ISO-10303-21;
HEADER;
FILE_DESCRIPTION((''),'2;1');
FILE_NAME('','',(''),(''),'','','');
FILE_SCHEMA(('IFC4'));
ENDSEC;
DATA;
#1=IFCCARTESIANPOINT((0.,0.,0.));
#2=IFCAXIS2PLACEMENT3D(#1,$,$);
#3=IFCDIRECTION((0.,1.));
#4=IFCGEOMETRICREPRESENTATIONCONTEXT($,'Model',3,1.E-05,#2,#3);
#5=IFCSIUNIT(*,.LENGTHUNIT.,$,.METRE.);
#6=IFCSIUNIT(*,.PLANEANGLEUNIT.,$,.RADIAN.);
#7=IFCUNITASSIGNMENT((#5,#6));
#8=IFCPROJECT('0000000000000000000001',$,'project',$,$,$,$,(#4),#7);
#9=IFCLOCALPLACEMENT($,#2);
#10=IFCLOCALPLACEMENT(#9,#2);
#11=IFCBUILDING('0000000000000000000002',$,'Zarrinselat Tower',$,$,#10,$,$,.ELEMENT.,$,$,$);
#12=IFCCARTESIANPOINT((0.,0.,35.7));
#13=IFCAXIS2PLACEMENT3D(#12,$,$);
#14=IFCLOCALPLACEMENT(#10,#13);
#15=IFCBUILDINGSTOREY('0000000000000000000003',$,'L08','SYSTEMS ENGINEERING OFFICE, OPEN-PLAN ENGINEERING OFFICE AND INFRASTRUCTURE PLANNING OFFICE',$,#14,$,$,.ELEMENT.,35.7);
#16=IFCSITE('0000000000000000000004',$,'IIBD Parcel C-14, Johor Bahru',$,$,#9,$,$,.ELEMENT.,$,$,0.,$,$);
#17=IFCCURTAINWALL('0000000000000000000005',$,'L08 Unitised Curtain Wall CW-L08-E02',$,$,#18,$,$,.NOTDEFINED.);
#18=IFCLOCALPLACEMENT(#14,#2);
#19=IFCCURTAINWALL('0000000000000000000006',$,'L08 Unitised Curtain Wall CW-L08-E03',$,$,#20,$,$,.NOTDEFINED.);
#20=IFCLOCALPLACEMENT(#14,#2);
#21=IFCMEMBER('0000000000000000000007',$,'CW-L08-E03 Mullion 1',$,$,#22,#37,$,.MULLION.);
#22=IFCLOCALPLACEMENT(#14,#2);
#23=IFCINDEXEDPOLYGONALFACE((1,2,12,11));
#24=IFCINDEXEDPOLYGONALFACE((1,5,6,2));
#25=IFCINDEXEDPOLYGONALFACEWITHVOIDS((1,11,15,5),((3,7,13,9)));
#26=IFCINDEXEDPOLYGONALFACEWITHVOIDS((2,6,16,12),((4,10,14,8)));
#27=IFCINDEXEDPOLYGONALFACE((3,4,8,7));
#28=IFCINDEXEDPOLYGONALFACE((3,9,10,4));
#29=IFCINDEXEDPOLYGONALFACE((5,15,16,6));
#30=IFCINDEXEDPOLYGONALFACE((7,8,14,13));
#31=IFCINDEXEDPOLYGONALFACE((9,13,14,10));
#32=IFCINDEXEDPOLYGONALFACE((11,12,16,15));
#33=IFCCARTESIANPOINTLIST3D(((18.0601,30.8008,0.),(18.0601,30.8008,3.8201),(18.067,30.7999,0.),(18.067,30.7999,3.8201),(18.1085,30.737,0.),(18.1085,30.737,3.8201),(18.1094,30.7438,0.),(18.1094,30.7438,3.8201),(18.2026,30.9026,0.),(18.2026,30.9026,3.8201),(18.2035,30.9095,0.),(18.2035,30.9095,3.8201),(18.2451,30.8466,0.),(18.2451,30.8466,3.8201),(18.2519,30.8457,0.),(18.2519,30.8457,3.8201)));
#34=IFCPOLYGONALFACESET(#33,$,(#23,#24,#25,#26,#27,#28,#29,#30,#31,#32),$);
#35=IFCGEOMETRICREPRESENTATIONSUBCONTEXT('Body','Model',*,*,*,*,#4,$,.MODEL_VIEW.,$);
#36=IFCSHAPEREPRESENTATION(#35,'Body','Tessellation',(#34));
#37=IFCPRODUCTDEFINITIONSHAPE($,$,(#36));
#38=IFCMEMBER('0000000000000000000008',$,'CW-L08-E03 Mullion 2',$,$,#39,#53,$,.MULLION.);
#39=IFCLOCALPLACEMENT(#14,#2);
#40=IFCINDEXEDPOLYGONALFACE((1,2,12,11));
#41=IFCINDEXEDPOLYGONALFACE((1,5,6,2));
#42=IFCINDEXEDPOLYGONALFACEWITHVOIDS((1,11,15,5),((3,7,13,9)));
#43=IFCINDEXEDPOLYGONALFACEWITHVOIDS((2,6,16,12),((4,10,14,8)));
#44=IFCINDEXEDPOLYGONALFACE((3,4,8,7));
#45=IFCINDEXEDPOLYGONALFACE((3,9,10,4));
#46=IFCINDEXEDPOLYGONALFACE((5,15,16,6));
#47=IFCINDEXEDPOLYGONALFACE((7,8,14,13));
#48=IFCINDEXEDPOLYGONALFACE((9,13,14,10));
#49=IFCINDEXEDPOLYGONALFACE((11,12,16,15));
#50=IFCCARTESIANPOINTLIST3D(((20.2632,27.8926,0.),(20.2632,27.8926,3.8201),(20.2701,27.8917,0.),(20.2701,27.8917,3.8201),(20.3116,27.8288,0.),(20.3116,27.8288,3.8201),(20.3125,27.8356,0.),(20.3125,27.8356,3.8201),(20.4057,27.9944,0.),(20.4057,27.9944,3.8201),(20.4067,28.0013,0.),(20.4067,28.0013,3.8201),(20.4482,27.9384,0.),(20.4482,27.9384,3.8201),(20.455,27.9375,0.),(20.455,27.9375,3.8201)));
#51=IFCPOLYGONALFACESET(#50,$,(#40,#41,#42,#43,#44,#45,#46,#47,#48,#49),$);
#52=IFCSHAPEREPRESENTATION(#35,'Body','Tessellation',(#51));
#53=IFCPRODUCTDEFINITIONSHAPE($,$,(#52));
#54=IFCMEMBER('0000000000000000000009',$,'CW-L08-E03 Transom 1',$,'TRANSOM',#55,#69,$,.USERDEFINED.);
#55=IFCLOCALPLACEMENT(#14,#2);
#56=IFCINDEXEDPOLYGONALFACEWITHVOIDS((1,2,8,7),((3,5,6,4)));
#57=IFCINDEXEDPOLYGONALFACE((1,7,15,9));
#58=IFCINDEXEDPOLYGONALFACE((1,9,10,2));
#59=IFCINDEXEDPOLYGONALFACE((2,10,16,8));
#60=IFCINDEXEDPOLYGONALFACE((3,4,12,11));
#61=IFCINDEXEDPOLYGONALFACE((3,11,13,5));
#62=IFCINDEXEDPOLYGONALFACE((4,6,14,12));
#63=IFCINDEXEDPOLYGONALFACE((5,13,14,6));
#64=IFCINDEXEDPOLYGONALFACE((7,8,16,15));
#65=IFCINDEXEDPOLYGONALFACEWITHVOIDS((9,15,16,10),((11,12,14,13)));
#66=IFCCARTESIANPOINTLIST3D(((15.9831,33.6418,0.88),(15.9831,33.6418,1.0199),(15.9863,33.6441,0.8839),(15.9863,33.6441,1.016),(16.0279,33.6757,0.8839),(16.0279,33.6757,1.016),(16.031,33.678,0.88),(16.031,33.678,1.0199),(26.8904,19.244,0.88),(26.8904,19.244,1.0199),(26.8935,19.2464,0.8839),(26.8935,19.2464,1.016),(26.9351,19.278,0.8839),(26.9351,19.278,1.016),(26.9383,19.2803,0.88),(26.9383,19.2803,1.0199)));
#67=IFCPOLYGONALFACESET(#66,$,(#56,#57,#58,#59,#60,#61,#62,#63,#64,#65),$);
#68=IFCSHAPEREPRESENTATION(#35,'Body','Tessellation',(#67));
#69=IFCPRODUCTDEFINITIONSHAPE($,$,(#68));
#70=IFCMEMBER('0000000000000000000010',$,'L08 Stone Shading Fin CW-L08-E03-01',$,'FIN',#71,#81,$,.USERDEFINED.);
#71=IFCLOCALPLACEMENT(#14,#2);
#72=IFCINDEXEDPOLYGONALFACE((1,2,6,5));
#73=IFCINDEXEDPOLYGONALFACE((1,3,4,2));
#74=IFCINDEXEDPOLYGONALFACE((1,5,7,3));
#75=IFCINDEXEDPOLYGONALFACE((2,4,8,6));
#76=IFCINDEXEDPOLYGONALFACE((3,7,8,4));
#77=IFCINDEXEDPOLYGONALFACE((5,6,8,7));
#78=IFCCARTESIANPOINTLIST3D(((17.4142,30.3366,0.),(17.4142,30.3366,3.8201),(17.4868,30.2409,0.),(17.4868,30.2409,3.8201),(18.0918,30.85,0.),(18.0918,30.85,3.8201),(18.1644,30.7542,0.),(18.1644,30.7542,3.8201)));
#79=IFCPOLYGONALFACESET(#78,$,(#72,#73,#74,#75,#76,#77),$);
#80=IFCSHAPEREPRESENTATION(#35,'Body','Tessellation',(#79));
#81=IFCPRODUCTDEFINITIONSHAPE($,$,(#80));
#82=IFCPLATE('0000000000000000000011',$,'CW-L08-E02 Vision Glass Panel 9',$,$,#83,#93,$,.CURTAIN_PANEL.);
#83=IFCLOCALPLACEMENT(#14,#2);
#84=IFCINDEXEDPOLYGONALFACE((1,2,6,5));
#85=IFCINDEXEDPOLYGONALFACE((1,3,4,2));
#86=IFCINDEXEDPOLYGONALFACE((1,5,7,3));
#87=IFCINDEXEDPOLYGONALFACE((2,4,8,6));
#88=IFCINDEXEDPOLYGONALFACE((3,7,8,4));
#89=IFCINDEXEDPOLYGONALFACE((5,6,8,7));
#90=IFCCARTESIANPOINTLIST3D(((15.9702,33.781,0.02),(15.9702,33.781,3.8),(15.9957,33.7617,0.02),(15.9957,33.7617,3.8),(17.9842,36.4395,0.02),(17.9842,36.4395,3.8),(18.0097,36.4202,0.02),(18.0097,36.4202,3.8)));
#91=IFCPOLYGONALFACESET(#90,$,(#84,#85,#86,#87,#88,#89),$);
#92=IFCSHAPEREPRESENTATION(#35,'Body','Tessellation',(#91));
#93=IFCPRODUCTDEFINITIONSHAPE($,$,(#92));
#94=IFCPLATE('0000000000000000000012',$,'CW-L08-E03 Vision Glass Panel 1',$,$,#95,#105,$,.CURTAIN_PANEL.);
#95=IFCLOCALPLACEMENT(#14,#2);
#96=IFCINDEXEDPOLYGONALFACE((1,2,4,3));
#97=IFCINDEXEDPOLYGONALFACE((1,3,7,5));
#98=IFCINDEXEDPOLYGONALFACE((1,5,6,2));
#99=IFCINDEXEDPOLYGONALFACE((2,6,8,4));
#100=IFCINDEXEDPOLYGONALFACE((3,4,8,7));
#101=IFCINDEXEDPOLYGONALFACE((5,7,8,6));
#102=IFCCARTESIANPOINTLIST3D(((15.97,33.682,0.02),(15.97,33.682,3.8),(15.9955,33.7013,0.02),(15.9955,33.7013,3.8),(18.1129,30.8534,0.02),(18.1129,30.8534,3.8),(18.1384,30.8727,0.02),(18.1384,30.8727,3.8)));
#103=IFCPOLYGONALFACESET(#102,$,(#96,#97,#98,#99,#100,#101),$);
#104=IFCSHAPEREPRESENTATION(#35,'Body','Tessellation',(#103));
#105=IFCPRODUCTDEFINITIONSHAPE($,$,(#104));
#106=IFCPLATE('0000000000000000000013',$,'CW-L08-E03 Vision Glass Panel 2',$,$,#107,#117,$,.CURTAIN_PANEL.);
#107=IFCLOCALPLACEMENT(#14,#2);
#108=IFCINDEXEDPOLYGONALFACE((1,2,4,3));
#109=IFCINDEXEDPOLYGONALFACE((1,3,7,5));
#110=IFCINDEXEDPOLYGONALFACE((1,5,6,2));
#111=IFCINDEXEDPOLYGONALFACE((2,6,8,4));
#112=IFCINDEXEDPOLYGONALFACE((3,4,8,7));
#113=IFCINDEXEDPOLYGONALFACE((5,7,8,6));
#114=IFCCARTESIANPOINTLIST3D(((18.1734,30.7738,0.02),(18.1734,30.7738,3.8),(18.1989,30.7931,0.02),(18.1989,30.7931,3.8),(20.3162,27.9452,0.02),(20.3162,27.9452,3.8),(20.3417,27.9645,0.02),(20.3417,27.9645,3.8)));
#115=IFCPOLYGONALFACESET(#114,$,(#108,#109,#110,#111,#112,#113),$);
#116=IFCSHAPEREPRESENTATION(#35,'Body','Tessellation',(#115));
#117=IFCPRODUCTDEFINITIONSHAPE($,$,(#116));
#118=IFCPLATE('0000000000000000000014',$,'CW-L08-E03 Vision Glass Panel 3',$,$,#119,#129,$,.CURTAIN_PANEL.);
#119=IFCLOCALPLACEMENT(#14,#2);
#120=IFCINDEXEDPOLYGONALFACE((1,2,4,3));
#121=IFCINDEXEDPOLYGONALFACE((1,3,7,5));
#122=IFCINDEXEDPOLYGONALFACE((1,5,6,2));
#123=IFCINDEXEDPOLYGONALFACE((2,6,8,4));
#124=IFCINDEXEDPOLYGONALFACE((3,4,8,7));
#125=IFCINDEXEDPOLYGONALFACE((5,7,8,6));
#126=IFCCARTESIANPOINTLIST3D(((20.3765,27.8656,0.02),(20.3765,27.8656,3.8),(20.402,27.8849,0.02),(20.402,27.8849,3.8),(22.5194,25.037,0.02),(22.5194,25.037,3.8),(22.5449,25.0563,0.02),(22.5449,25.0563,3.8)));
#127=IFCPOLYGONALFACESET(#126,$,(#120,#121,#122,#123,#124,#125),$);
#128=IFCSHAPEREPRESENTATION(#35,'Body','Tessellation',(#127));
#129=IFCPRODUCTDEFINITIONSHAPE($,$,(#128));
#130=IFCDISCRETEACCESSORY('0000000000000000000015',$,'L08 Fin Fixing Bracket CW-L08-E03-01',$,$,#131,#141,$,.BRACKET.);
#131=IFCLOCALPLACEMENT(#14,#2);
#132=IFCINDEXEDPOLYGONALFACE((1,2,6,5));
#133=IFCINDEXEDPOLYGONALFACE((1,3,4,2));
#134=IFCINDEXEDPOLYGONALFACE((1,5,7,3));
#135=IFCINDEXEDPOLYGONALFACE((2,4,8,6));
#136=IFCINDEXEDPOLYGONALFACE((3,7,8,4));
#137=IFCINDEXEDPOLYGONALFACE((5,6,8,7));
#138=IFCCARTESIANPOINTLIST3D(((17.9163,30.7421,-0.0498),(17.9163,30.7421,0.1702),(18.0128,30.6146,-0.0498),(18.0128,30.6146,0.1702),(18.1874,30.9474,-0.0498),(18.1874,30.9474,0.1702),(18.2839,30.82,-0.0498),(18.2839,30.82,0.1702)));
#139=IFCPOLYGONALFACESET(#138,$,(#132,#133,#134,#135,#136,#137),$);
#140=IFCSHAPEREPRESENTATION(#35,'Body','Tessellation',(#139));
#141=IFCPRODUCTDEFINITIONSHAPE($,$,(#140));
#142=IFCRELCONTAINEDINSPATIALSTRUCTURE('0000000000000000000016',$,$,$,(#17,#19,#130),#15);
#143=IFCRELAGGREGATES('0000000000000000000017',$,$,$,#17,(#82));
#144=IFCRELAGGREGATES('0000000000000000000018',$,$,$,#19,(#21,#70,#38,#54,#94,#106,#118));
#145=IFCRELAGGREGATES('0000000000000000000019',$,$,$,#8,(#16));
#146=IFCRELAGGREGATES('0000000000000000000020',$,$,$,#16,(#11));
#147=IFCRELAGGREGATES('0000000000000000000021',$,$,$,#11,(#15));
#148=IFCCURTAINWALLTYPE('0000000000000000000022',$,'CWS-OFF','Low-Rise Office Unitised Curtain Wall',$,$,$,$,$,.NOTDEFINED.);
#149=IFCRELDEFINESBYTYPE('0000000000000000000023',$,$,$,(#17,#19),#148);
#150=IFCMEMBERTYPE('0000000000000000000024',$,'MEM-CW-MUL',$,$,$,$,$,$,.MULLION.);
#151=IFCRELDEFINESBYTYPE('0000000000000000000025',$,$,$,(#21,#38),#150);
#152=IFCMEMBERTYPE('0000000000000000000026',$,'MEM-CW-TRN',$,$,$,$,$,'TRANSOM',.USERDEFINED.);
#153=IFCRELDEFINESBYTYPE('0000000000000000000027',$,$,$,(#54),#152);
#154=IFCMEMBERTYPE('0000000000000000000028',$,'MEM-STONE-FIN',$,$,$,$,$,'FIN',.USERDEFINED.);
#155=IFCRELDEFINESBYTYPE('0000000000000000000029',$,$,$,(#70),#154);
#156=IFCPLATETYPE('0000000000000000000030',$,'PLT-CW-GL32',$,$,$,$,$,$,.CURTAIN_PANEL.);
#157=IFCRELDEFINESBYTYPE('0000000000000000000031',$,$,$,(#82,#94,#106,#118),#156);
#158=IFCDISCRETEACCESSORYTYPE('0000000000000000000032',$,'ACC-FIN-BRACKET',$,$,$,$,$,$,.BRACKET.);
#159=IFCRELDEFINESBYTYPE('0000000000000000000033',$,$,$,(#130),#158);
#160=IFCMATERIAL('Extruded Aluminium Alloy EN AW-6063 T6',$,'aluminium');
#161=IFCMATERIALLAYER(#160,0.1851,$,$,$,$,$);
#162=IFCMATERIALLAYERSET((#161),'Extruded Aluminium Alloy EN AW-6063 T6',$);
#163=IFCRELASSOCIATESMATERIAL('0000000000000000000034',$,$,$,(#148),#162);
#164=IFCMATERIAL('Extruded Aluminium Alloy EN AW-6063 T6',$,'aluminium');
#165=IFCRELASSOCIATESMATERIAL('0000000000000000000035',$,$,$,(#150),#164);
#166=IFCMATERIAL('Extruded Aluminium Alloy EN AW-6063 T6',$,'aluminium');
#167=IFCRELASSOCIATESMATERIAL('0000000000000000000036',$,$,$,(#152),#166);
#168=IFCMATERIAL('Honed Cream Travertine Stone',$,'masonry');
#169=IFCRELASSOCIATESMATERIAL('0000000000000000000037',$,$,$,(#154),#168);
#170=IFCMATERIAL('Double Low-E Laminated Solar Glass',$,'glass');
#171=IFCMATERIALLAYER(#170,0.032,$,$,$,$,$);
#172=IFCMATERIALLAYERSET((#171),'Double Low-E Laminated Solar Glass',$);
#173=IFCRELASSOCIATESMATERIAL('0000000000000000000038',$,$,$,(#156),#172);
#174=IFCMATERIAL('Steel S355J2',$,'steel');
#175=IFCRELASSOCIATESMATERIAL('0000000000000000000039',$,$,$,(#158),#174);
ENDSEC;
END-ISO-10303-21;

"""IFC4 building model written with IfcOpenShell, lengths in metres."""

from ifc_helpers import new_model, si_unit, direction, frame, origin, origin_2d, place, context, subcontext, project, spatial, rectangle, hollow_rectangle, extrude, material, layer, layer_set, material_profile, profile_set, type_object, element, aggregate, save


model = new_model("IFC4")

# Units and contexts
model_context = context("Model", 3, precision=1e-05, world=origin(), true_north=direction((0.0, 1.0)))
body_context = subcontext(model_context, "Body", "Model", "MODEL_VIEW")
ifc_project = project(units=[si_unit("LENGTHUNIT", "METRE"), si_unit("PLANEANGLEUNIT", "RADIAN")], contexts=[model_context])

# Site, building, storey
site_placement = place(None, origin())
site = spatial("IfcSite", under=ifc_project, at=site_placement, Name="IIBD Parcel C-14, Johor Bahru", CompositionType="ELEMENT", RefElevation=0.0)
building_placement = place(site_placement, origin())
building = spatial("IfcBuilding", under=site, at=building_placement, Name="Zarrinselat Tower", CompositionType="ELEMENT")
storey_placement = place(building_placement, frame((0.0, 0.0, 35.7)))
storey = spatial("IfcBuildingStorey", under=building, at=storey_placement, Name="L08", Description="SYSTEMS ENGINEERING OFFICE, OPEN-PLAN ENGINEERING OFFICE AND INFRASTRUCTURE PLANNING OFFICE", CompositionType="ELEMENT", Elevation=35.7)

# Curtain wall
ifc_material_1 = material(Name="Extruded Aluminium Alloy EN AW-6063 T6", Category="aluminium")
ifc_layer_1 = layer(ifc_material_1, 0.1851)
ifc_layer_set_1 = layer_set([ifc_layer_1], Name="Extruded Aluminium Alloy EN AW-6063 T6")
curtain_wall_type = type_object("IfcCurtainWallType", Name="CWS-OFF", Description="Low-Rise Office Unitised Curtain Wall", PredefinedType="NOTDEFINED", material=ifc_layer_set_1)
curtain_wall_1_placement = place(storey_placement, origin())
curtain_wall_1 = element("IfcCurtainWall", 1, at=curtain_wall_1_placement, inside=storey, type_object=curtain_wall_type, Name="L08 Unitised Curtain Wall CW-L08-E02", PredefinedType="NOTDEFINED")
ifc_material_2 = material(Name="Extruded Aluminium Alloy EN AW-6063 T6", Category="aluminium")
ifc_material_profile_1 = material_profile(ifc_material_2, hollow_rectangle(XDim=0.0801, YDim=0.1799, WallThickness=0.0049, at=origin_2d()), Name="RHS 180x80x5")
ifc_profile_set_1 = profile_set([ifc_material_profile_1], Name="Extruded Aluminium Alloy EN AW-6063 T6")
member_type_1 = type_object("IfcMemberType", Name="MEM-CW-MUL", PredefinedType="MULLION", material=ifc_profile_set_1)

# Curtain wall, members
curtain_wall_2_placement = place(storey_placement, origin())
curtain_wall_2 = element("IfcCurtainWall", 2, at=curtain_wall_2_placement, inside=storey, type_object=curtain_wall_type, Name="L08 Unitised Curtain Wall CW-L08-E03", PredefinedType="NOTDEFINED")
member_1_placement = place(storey_placement, frame((18.156, 30.8232, 0.0), z_axis=(0.0, 0.0, 1.0), x_axis=(0.603858, -0.797092, 0.0)))
member_1 = element("IfcMember", 3, at=member_1_placement, type_object=member_type_1, Name="CW-L08-E03 Mullion 1", PredefinedType="MULLION", context=body_context, shape_type="SweptSolid", body=[
    extrude(hollow_rectangle(XDim=0.0801, YDim=0.1799, WallThickness=0.0049, at=origin_2d()), origin(), (0.0, 0.0, 1.0), 3.8201),
])
member_2_placement = place(storey_placement, frame((20.3591, 27.915, 0.0), z_axis=(0.0, 0.0, 1.0), x_axis=(0.603858, -0.797092, 0.0)))
member_2 = element("IfcMember", 4, at=member_2_placement, type_object=member_type_1, Name="CW-L08-E03 Mullion 2", PredefinedType="MULLION", context=body_context, shape_type="SweptSolid", body=[
    extrude(hollow_rectangle(XDim=0.0801, YDim=0.1799, WallThickness=0.0049, at=origin_2d()), origin(), (0.0, 0.0, 1.0), 3.8201),
])
ifc_material_3 = material(Name="Extruded Aluminium Alloy EN AW-6063 T6", Category="aluminium")
ifc_material_profile_2 = material_profile(ifc_material_3, hollow_rectangle(XDim=0.0601, YDim=0.1399, WallThickness=0.0039, at=origin_2d()), Name="RHS 140x60x4")
ifc_profile_set_2 = profile_set([ifc_material_profile_2], Name="Extruded Aluminium Alloy EN AW-6063 T6")
member_type_2 = type_object("IfcMemberType", Name="MEM-CW-TRN", ElementType="TRANSOM", PredefinedType="USERDEFINED", material=ifc_profile_set_2)
member_3_placement = place(storey_placement, frame((16.0071, 33.6599, 0.95), z_axis=(0.603853, -0.797095, 0.0), x_axis=(0.797095, 0.603853, 0.0)))
member_3 = element("IfcMember", 5, at=member_3_placement, type_object=member_type_2, Name="CW-L08-E03 Transom 1", ObjectType="TRANSOM", PredefinedType="USERDEFINED", context=body_context, shape_type="SweptSolid", body=[
    extrude(hollow_rectangle(XDim=0.0601, YDim=0.1399, WallThickness=0.0039, at=origin_2d()), origin(), (0.0, 0.0, 1.0), 18.0627),
])
ifc_material_4 = material(Name="Honed Cream Travertine Stone", Category="masonry")
ifc_material_profile_3 = material_profile(ifc_material_4, rectangle(XDim=0.1201, YDim=0.8501, at=origin_2d()), Name="FIN 850x120")
ifc_profile_set_3 = profile_set([ifc_material_profile_3], Name="Honed Cream Travertine Stone")
member_type_3 = type_object("IfcMemberType", Name="MEM-STONE-FIN", ElementType="FIN", PredefinedType="USERDEFINED", material=ifc_profile_set_3)
member_4_placement = place(storey_placement, frame((17.7893, 30.5454, 0.0), z_axis=(0.0, 0.0, 1.0), x_axis=(-0.603858, 0.797092, 0.0)))
member_4 = element("IfcMember", 6, at=member_4_placement, type_object=member_type_3, Name="L08 Stone Shading Fin CW-L08-E03-01", ObjectType="FIN", PredefinedType="USERDEFINED", context=body_context, shape_type="SweptSolid", body=[
    extrude(rectangle(XDim=0.1201, YDim=0.8501, at=origin_2d()), origin(), (0.0, 0.0, 1.0), 3.8201),
])

# Plates
ifc_material_5 = material(Name="Double Low-E Laminated Solar Glass", Category="glass")
ifc_layer_2 = layer(ifc_material_5, 0.032)
ifc_layer_set_2 = layer_set([ifc_layer_2], Name="Double Low-E Laminated Solar Glass")
plate_type = type_object("IfcPlateType", Name="PLT-CW-GL32", PredefinedType="CURTAIN_PANEL", material=ifc_layer_set_2)
plate_1_placement = place(storey_placement, frame((16.99, 35.1006, 0.02), z_axis=(0.0, 0.0, 1.0), x_axis=(-0.603859, -0.797091, 0.0)))
plate_1 = element("IfcPlate", 7, at=plate_1_placement, type_object=plate_type, Name="CW-L08-E02 Vision Glass Panel 9", PredefinedType="CURTAIN_PANEL", context=body_context, shape_type="SweptSolid", body=[
    extrude(rectangle(XDim=3.3352, YDim=0.032, at=origin_2d()), origin(), (0.0, 0.0, 1.0), 3.78),
])
aggregate(curtain_wall_1, [plate_1])
plate_2_placement = place(storey_placement, frame((17.0542, 32.2773, 0.02), z_axis=(0.0, 0.0, 1.0), x_axis=(0.603858, -0.797092, 0.0)))
plate_2 = element("IfcPlate", 8, at=plate_2_placement, type_object=plate_type, Name="CW-L08-E03 Vision Glass Panel 1", PredefinedType="CURTAIN_PANEL", context=body_context, shape_type="SweptSolid", body=[
    extrude(rectangle(XDim=3.5486, YDim=0.032, at=origin_2d()), origin(), (0.0, 0.0, 1.0), 3.78),
])
plate_3_placement = place(storey_placement, frame((19.2576, 29.3691, 0.02), z_axis=(0.0, 0.0, 1.0), x_axis=(0.603858, -0.797092, 0.0)))
plate_3 = element("IfcPlate", 9, at=plate_3_placement, type_object=plate_type, Name="CW-L08-E03 Vision Glass Panel 2", PredefinedType="CURTAIN_PANEL", context=body_context, shape_type="SweptSolid", body=[
    extrude(rectangle(XDim=3.5486, YDim=0.032, at=origin_2d()), origin(), (0.0, 0.0, 1.0), 3.78),
])
plate_4_placement = place(storey_placement, frame((21.4607, 26.4609, 0.02), z_axis=(0.0, 0.0, 1.0), x_axis=(0.603858, -0.797092, 0.0)))
plate_4 = element("IfcPlate", 10, at=plate_4_placement, type_object=plate_type, Name="CW-L08-E03 Vision Glass Panel 3", PredefinedType="CURTAIN_PANEL", context=body_context, shape_type="SweptSolid", body=[
    extrude(rectangle(XDim=3.5486, YDim=0.032, at=origin_2d()), origin(), (0.0, 0.0, 1.0), 3.78),
])
aggregate(curtain_wall_2, [member_1, member_4, member_2, member_3, plate_2, plate_3, plate_4])

# Discrete accessory
ifc_material_6 = material(Name="Steel S355J2", Category="steel")
discrete_accessory_type = type_object("IfcDiscreteAccessoryType", Name="ACC-FIN-BRACKET", PredefinedType="BRACKET", material=ifc_material_6)
discrete_accessory_placement = place(storey_placement, frame((18.1001, 30.781, -0.0498), z_axis=(0.0, 0.0, 1.0), x_axis=(-0.797092, -0.603858, 0.0)))
element("IfcDiscreteAccessory", 11, at=discrete_accessory_placement, inside=storey, type_object=discrete_accessory_type, Name="L08 Fin Fixing Bracket CW-L08-E03-01", PredefinedType="BRACKET", context=body_context, shape_type="SweptSolid", body=[
    extrude(rectangle(XDim=0.3401, YDim=0.1599, at=origin_2d()), origin(), (0.0, 0.0, 1.0), 0.22),
])

save(model, "model.ifc")
